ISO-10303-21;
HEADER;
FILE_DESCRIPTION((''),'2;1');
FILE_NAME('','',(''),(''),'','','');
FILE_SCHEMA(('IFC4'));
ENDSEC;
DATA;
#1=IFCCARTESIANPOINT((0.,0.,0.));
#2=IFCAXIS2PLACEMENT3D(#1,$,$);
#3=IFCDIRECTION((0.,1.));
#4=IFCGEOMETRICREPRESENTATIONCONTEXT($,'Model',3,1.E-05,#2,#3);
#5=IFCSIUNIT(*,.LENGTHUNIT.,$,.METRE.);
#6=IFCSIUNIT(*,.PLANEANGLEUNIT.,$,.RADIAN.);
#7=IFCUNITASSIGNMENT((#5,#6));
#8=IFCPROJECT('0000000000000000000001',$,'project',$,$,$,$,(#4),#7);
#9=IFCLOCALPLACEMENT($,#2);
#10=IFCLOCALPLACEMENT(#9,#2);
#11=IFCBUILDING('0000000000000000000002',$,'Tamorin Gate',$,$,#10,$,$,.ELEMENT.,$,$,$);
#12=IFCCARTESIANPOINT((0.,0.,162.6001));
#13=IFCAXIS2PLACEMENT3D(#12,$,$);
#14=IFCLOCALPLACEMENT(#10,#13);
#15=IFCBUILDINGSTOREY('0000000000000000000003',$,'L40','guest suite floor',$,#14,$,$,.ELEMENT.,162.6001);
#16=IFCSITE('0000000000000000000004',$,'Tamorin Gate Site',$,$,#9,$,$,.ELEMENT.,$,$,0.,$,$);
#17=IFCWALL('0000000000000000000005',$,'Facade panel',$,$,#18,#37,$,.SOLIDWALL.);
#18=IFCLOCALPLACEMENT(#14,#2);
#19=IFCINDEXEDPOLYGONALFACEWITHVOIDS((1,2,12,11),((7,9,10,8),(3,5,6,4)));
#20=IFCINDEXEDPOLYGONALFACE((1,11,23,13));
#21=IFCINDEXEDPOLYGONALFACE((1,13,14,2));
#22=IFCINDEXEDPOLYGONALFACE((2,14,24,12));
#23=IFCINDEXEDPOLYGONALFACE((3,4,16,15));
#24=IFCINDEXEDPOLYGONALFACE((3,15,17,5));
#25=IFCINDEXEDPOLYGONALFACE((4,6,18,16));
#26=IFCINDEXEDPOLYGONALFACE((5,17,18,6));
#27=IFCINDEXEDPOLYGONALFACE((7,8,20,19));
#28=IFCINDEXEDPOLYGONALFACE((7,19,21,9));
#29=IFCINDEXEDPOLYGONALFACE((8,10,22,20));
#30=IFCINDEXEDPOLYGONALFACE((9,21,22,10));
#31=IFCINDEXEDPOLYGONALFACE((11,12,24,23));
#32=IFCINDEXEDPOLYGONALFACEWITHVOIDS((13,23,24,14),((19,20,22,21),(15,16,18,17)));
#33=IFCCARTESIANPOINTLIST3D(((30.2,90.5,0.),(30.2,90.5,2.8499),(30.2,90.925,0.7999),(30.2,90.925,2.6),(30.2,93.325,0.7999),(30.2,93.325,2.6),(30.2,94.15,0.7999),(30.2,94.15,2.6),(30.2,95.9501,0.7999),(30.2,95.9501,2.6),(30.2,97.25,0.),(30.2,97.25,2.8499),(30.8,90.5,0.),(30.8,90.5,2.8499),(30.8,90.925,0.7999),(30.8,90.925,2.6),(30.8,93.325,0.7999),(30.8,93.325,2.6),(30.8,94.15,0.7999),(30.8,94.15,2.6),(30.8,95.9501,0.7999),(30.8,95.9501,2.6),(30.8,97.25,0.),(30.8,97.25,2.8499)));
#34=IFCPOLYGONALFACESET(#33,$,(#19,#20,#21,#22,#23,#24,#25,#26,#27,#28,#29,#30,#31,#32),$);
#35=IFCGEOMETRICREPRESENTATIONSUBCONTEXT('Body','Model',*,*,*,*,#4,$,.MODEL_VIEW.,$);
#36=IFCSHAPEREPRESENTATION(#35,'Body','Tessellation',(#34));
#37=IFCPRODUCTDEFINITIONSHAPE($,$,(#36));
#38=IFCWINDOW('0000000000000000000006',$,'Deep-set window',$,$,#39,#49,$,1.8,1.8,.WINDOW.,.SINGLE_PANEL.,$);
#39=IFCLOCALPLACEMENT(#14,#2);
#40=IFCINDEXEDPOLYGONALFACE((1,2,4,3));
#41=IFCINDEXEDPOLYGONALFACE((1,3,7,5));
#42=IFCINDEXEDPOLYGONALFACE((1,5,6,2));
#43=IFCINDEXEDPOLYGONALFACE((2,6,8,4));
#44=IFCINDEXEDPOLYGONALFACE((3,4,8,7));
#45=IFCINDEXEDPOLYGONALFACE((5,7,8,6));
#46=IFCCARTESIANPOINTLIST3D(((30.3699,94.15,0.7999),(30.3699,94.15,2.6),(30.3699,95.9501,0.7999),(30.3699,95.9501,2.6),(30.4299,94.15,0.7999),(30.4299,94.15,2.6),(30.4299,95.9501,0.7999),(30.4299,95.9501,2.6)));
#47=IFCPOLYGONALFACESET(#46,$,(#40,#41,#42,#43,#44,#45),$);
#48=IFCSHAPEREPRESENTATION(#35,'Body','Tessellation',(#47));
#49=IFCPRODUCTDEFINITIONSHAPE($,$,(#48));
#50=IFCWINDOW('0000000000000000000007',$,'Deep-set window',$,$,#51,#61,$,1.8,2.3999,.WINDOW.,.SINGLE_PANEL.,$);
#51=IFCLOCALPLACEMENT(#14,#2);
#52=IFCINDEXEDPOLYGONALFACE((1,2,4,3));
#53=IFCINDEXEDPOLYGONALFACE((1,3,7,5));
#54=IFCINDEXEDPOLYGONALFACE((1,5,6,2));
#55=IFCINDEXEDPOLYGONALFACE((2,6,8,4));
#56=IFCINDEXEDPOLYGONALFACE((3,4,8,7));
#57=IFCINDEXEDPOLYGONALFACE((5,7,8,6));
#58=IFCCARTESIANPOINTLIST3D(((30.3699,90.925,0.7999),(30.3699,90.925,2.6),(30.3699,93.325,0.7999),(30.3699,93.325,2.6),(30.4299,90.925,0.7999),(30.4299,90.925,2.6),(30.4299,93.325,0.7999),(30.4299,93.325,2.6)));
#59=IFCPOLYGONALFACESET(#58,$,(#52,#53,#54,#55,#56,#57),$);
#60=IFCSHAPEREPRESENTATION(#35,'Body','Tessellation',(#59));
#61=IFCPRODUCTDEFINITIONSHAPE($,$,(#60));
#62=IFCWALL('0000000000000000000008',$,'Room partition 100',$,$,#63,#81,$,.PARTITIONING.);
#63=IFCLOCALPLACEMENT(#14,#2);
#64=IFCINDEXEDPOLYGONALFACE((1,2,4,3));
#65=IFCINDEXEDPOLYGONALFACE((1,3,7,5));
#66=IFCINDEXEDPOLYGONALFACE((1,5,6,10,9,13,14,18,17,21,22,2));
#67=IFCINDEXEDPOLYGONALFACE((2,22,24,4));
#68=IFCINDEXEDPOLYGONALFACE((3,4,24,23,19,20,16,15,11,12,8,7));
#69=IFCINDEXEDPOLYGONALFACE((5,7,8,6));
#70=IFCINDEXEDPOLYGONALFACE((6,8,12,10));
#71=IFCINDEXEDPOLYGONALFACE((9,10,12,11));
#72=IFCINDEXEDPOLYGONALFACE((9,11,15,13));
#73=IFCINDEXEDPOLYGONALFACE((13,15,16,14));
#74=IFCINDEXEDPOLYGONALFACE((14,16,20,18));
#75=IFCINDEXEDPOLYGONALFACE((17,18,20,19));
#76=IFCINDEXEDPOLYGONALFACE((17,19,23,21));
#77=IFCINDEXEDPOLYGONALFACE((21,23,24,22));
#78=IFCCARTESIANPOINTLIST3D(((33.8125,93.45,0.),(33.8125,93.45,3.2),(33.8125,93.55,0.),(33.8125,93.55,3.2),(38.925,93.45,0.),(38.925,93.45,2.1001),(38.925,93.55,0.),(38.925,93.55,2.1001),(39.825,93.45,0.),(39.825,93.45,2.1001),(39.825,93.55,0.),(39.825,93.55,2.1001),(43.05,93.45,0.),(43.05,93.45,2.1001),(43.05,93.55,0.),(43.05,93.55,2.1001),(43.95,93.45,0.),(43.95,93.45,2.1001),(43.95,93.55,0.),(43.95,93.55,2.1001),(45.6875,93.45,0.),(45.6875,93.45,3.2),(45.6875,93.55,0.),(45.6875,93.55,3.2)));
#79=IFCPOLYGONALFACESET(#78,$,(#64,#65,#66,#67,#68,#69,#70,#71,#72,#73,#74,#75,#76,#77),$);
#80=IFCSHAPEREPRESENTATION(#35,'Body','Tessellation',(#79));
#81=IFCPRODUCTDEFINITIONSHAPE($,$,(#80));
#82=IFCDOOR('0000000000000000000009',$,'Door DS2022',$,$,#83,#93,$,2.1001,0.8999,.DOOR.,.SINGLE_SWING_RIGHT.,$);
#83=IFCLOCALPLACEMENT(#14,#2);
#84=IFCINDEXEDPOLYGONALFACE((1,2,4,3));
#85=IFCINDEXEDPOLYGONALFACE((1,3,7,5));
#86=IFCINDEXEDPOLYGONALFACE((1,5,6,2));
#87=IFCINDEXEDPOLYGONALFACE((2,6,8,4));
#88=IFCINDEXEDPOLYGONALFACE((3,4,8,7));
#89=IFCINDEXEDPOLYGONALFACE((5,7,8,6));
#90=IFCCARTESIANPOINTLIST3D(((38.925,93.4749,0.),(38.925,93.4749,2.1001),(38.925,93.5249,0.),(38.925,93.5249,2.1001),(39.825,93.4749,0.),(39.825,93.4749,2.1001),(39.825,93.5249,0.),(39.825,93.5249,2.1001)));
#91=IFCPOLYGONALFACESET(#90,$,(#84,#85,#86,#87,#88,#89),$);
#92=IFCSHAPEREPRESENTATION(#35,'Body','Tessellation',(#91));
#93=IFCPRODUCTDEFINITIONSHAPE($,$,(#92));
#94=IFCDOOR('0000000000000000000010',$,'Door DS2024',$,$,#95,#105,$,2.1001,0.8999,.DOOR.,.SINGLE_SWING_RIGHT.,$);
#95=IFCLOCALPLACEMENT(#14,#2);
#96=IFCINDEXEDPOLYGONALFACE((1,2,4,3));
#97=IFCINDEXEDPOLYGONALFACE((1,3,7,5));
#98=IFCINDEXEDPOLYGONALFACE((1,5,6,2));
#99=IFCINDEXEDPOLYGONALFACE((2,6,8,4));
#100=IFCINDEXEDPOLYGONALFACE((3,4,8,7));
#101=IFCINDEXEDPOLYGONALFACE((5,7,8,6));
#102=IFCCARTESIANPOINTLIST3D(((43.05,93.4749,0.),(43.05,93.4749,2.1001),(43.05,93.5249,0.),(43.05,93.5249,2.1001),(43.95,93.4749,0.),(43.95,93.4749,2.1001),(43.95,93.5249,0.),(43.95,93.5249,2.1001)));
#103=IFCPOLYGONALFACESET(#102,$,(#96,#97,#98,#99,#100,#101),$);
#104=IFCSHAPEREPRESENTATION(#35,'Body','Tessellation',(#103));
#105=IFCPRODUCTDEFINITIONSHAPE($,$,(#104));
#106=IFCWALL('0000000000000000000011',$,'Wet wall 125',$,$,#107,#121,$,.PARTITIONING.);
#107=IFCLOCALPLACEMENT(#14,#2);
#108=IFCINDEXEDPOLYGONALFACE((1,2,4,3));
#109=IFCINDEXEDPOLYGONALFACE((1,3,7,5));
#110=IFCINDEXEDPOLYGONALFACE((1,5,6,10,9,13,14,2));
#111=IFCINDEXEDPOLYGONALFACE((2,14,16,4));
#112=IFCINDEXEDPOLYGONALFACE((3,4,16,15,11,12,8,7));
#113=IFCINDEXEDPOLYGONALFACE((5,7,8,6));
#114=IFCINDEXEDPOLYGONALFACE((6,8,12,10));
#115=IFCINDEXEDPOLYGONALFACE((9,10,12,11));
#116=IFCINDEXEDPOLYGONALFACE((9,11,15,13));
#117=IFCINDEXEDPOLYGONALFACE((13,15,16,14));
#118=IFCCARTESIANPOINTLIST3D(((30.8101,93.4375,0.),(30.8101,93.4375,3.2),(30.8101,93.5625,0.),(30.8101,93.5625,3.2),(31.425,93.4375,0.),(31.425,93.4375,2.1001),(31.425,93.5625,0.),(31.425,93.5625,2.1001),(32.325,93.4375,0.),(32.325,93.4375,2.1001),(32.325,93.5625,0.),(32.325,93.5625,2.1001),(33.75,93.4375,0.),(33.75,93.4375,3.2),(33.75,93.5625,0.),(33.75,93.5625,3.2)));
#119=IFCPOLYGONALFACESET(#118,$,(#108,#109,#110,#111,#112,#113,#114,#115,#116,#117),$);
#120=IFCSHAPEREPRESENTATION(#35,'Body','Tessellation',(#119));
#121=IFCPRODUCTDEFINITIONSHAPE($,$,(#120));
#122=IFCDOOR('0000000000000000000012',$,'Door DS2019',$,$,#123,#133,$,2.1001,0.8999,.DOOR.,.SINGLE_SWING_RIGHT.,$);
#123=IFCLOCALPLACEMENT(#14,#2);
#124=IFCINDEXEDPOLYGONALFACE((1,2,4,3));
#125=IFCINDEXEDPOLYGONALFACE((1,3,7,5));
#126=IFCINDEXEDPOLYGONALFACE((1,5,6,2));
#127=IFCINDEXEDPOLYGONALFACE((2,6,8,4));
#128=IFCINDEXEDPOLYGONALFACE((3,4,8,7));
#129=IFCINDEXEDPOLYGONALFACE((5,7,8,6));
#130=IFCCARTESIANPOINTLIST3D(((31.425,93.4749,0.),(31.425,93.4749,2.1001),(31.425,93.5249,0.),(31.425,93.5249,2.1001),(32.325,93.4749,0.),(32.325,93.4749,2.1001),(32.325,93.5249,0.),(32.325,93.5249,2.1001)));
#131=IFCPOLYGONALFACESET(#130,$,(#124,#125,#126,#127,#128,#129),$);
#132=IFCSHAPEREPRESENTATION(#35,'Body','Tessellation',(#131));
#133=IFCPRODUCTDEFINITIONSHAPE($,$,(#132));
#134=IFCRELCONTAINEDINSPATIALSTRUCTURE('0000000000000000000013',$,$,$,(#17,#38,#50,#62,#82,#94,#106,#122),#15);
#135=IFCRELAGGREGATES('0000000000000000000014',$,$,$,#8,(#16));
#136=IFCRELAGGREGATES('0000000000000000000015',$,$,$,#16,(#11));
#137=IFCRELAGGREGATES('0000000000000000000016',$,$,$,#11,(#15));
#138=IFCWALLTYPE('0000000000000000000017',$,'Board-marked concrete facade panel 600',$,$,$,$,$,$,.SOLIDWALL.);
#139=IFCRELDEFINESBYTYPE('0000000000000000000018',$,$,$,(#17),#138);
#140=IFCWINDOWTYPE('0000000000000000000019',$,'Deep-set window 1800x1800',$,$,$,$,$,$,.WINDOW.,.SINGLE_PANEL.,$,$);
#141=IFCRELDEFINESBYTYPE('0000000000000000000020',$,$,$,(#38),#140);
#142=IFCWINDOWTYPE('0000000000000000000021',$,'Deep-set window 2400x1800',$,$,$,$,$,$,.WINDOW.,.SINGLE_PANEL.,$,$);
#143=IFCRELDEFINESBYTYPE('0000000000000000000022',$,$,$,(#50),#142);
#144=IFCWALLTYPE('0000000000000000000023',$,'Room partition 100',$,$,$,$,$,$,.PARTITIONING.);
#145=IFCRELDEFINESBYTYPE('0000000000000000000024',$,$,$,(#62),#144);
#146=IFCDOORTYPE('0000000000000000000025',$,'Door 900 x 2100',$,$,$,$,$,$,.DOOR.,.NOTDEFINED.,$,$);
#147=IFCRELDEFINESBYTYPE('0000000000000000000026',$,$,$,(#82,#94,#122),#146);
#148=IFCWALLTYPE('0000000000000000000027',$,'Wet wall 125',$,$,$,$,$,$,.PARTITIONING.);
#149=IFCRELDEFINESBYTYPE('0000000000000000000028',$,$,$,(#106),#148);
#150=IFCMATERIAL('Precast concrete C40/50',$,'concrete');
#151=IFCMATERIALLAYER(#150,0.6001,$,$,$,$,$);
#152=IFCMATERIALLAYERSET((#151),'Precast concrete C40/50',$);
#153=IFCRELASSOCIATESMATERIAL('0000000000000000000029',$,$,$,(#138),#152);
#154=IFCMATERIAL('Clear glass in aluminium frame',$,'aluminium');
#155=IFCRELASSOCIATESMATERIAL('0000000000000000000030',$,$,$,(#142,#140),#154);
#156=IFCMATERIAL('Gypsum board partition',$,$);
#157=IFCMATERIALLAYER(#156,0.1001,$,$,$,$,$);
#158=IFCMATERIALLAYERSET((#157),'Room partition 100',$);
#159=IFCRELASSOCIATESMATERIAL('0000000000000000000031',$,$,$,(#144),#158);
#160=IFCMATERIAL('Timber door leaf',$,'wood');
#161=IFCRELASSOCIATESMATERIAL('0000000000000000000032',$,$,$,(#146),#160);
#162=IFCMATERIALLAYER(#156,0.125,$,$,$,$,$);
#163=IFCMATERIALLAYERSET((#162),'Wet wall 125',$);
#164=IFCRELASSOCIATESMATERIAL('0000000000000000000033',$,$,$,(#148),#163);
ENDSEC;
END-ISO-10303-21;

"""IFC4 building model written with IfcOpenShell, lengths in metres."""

from ifc_helpers import new_model, si_unit, direction, frame, frame_2d, origin, place, context, subcontext, project, spatial, rectangle, extrude, material, layer, layer_set, type_object, element, fill, save


model = new_model("IFC4")

# Units and contexts
model_context = context("Model", 3, precision=1e-05, world=origin(), true_north=direction((0.0, 1.0)))
body_context = subcontext(model_context, "Body", "Model", "MODEL_VIEW")
ifc_project = project(units=[si_unit("LENGTHUNIT", "METRE"), si_unit("PLANEANGLEUNIT", "RADIAN")], contexts=[model_context])

# Site, building, storey
site_placement = place(None, origin())
site = spatial("IfcSite", under=ifc_project, at=site_placement, Name="Tamorin Gate Site", CompositionType="ELEMENT", RefElevation=0.0)
building_placement = place(site_placement, origin())
building = spatial("IfcBuilding", under=site, at=building_placement, Name="Tamorin Gate", CompositionType="ELEMENT")
storey_placement = place(building_placement, frame((0.0, 0.0, 162.6001)))
storey = spatial("IfcBuildingStorey", under=building, at=storey_placement, Name="L40", Description="guest suite floor", CompositionType="ELEMENT", Elevation=162.6001)

# Shared definitions
ifc_material_1 = material(Name="Precast concrete C40/50", Category="concrete")
ifc_layer_1 = layer(ifc_material_1, 0.6001)
ifc_layer_set_1 = layer_set([ifc_layer_1], Name="Precast concrete C40/50")
wall_type_1 = type_object("IfcWallType", Name="Board-marked concrete facade panel 600", PredefinedType="SOLIDWALL", material=ifc_layer_set_1)

# Shared definitions
ifc_material_2 = material(Name="Clear glass in aluminium frame", Category="aluminium")
window_type_1 = type_object("IfcWindowType", Name="Deep-set window 2400x1800", PartitioningType="SINGLE_PANEL", PredefinedType="WINDOW", material=ifc_material_2)

# Wall, openings, windows
wall_1_placement = place(storey_placement, frame((30.5, 97.25, 0.0), z_axis=(0.0, 0.0, 1.0), x_axis=(0.0, -1.0, 0.0)))
wall_1 = element("IfcWall", 1, at=wall_1_placement, inside=storey, type_object=wall_type_1, Name="Facade panel", PredefinedType="SOLIDWALL", context=body_context, shape_type="SweptSolid", body=[
    extrude(rectangle(XDim=6.75, YDim=0.6001, at=frame_2d((3.375, 0.0))), origin(), (0.0, 0.0, 1.0), 2.8499),
])
opening_1_placement = place(wall_1_placement, frame((3.925, 0.0, 0.8)))
opening_1 = element("IfcOpeningElement", 2, at=opening_1_placement, cuts=wall_1, PredefinedType="OPENING", context=body_context, shape_type="SweptSolid", body=[
    extrude(rectangle(XDim=2.3999, YDim=1.8, at=frame_2d((1.2, 0.8999))), frame((0.0, 0.3101, 0.0), z_axis=(0.0, -1.0, 0.0), x_axis=(1.0, 0.0, 0.0)), (0.0, 0.0, 1.0), 0.6201),
])
opening_2_placement = place(wall_1_placement, frame((1.3, 0.0, 0.8)))
opening_2 = element("IfcOpeningElement", 3, at=opening_2_placement, cuts=wall_1, PredefinedType="OPENING", context=body_context, shape_type="SweptSolid", body=[
    extrude(rectangle(XDim=1.8, YDim=1.8, at=frame_2d((0.8999, 0.8999))), frame((0.0, 0.3101, 0.0), z_axis=(0.0, -1.0, 0.0), x_axis=(1.0, 0.0, 0.0)), (0.0, 0.0, 1.0), 0.6201),
])
window_type_2 = type_object("IfcWindowType", Name="Deep-set window 1800x1800", PartitioningType="SINGLE_PANEL", PredefinedType="WINDOW", material=ifc_material_2)
window_1_placement = place(opening_2_placement, origin())
window_1 = element("IfcWindow", 4, at=window_1_placement, inside=storey, type_object=window_type_2, Name="Deep-set window", OverallHeight=1.8, OverallWidth=1.8, PartitioningType="SINGLE_PANEL", PredefinedType="WINDOW", context=body_context, shape_type="SweptSolid", body=[
    extrude(rectangle(XDim=1.8, YDim=1.8, at=frame_2d((0.8999, 0.8999))), frame((0.0, -0.0701, 0.0), z_axis=(0.0, -1.0, 0.0), x_axis=(1.0, 0.0, 0.0)), (0.0, 0.0, 1.0), 0.0601),
])
fill(opening_2, window_1)
window_2_placement = place(opening_1_placement, origin())
window_2 = element("IfcWindow", 5, at=window_2_placement, inside=storey, type_object=window_type_1, Name="Deep-set window", OverallHeight=1.8, OverallWidth=2.3999, PartitioningType="SINGLE_PANEL", PredefinedType="WINDOW", context=body_context, shape_type="SweptSolid", body=[
    extrude(rectangle(XDim=2.3999, YDim=1.8, at=frame_2d((1.2, 0.8999))), frame((0.0, -0.0701, 0.0), z_axis=(0.0, -1.0, 0.0), x_axis=(1.0, 0.0, 0.0)), (0.0, 0.0, 1.0), 0.0601),
])
fill(opening_1, window_2)

# Wall, openings, doors
ifc_material_3 = material(Name="Gypsum board partition")
ifc_layer_2 = layer(ifc_material_3, 0.1001)
ifc_layer_set_2 = layer_set([ifc_layer_2], Name="Room partition 100")
wall_type_2 = type_object("IfcWallType", Name="Room partition 100", PredefinedType="PARTITIONING", material=ifc_layer_set_2)
wall_2_placement = place(storey_placement, frame((33.8125, 93.5, 0.0), z_axis=(0.0, 0.0, 1.0), x_axis=(1.0, 0.0, 0.0)))
wall_2 = element("IfcWall", 6, at=wall_2_placement, inside=storey, type_object=wall_type_2, Name="Room partition 100", PredefinedType="PARTITIONING", context=body_context, shape_type="SweptSolid", body=[
    extrude(rectangle(XDim=11.875, YDim=0.1001, at=frame_2d((5.9375, 0.0))), origin(), (0.0, 0.0, 1.0), 3.2),
])
opening_3_placement = place(wall_2_placement, frame((5.1125, 0.0, 0.0)))
opening_3 = element("IfcOpeningElement", 7, at=opening_3_placement, cuts=wall_2, PredefinedType="OPENING", context=body_context, shape_type="SweptSolid", body=[
    extrude(rectangle(XDim=0.8999, YDim=2.1001, at=frame_2d((0.45, 1.05))), frame((0.0, 0.0601, 0.0), z_axis=(0.0, -1.0, 0.0), x_axis=(1.0, 0.0, 0.0)), (0.0, 0.0, 1.0), 0.1201),
])
opening_4_placement = place(wall_2_placement, frame((9.2375, 0.0, 0.0)))
opening_4 = element("IfcOpeningElement", 8, at=opening_4_placement, cuts=wall_2, PredefinedType="OPENING", context=body_context, shape_type="SweptSolid", body=[
    extrude(rectangle(XDim=0.8999, YDim=2.1001, at=frame_2d((0.45, 1.05))), frame((0.0, 0.0601, 0.0), z_axis=(0.0, -1.0, 0.0), x_axis=(1.0, 0.0, 0.0)), (0.0, 0.0, 1.0), 0.1201),
])
ifc_material_4 = material(Name="Timber door leaf", Category="wood")
door_type = type_object("IfcDoorType", Name="Door 900 x 2100", OperationType="NOTDEFINED", PredefinedType="DOOR", material=ifc_material_4)
door_1_placement = place(opening_3_placement, origin())
door_1 = element("IfcDoor", 9, at=door_1_placement, inside=storey, type_object=door_type, Name="Door DS2022", OperationType="SINGLE_SWING_RIGHT", OverallHeight=2.1001, OverallWidth=0.8999, PredefinedType="DOOR", context=body_context, shape_type="SweptSolid", body=[
    extrude(rectangle(XDim=0.8999, YDim=2.1001, at=frame_2d((0.45, 1.05))), frame((0.0, 0.0249, 0.0), z_axis=(0.0, -1.0, 0.0), x_axis=(1.0, 0.0, 0.0)), (0.0, 0.0, 1.0), 0.05),
])
fill(opening_3, door_1)
door_2_placement = place(opening_4_placement, origin())
door_2 = element("IfcDoor", 10, at=door_2_placement, inside=storey, type_object=door_type, Name="Door DS2024", OperationType="SINGLE_SWING_RIGHT", OverallHeight=2.1001, OverallWidth=0.8999, PredefinedType="DOOR", context=body_context, shape_type="SweptSolid", body=[
    extrude(rectangle(XDim=0.8999, YDim=2.1001, at=frame_2d((0.45, 1.05))), frame((0.0, 0.0249, 0.0), z_axis=(0.0, -1.0, 0.0), x_axis=(1.0, 0.0, 0.0)), (0.0, 0.0, 1.0), 0.05),
])
fill(opening_4, door_2)

# Wall, opening, door
ifc_layer_3 = layer(ifc_material_3, 0.125)
ifc_layer_set_3 = layer_set([ifc_layer_3], Name="Wet wall 125")
wall_type_3 = type_object("IfcWallType", Name="Wet wall 125", PredefinedType="PARTITIONING", material=ifc_layer_set_3)
wall_3_placement = place(storey_placement, frame((30.8101, 93.5, 0.0), z_axis=(0.0, 0.0, 1.0), x_axis=(1.0, 0.0, 0.0)))
wall_3 = element("IfcWall", 11, at=wall_3_placement, inside=storey, type_object=wall_type_3, Name="Wet wall 125", PredefinedType="PARTITIONING", context=body_context, shape_type="SweptSolid", body=[
    extrude(rectangle(XDim=2.9399, YDim=0.125, at=frame_2d((1.47, 0.0))), origin(), (0.0, 0.0, 1.0), 3.2),
])
opening_5_placement = place(wall_3_placement, frame((0.615, 0.0, 0.0)))
opening_5 = element("IfcOpeningElement", 12, at=opening_5_placement, cuts=wall_3, PredefinedType="OPENING", context=body_context, shape_type="SweptSolid", body=[
    extrude(rectangle(XDim=0.8999, YDim=2.1001, at=frame_2d((0.45, 1.05))), frame((0.0, 0.0725, 0.0), z_axis=(0.0, -1.0, 0.0), x_axis=(1.0, 0.0, 0.0)), (0.0, 0.0, 1.0), 0.145),
])
door_3_placement = place(opening_5_placement, origin())
door_3 = element("IfcDoor", 13, at=door_3_placement, inside=storey, type_object=door_type, Name="Door DS2019", OperationType="SINGLE_SWING_RIGHT", OverallHeight=2.1001, OverallWidth=0.8999, PredefinedType="DOOR", context=body_context, shape_type="SweptSolid", body=[
    extrude(rectangle(XDim=0.8999, YDim=2.1001, at=frame_2d((0.45, 1.05))), frame((0.0, 0.0249, 0.0), z_axis=(0.0, -1.0, 0.0), x_axis=(1.0, 0.0, 0.0)), (0.0, 0.0, 1.0), 0.05),
])
fill(opening_5, door_3)

save(model, "model.ifc")
